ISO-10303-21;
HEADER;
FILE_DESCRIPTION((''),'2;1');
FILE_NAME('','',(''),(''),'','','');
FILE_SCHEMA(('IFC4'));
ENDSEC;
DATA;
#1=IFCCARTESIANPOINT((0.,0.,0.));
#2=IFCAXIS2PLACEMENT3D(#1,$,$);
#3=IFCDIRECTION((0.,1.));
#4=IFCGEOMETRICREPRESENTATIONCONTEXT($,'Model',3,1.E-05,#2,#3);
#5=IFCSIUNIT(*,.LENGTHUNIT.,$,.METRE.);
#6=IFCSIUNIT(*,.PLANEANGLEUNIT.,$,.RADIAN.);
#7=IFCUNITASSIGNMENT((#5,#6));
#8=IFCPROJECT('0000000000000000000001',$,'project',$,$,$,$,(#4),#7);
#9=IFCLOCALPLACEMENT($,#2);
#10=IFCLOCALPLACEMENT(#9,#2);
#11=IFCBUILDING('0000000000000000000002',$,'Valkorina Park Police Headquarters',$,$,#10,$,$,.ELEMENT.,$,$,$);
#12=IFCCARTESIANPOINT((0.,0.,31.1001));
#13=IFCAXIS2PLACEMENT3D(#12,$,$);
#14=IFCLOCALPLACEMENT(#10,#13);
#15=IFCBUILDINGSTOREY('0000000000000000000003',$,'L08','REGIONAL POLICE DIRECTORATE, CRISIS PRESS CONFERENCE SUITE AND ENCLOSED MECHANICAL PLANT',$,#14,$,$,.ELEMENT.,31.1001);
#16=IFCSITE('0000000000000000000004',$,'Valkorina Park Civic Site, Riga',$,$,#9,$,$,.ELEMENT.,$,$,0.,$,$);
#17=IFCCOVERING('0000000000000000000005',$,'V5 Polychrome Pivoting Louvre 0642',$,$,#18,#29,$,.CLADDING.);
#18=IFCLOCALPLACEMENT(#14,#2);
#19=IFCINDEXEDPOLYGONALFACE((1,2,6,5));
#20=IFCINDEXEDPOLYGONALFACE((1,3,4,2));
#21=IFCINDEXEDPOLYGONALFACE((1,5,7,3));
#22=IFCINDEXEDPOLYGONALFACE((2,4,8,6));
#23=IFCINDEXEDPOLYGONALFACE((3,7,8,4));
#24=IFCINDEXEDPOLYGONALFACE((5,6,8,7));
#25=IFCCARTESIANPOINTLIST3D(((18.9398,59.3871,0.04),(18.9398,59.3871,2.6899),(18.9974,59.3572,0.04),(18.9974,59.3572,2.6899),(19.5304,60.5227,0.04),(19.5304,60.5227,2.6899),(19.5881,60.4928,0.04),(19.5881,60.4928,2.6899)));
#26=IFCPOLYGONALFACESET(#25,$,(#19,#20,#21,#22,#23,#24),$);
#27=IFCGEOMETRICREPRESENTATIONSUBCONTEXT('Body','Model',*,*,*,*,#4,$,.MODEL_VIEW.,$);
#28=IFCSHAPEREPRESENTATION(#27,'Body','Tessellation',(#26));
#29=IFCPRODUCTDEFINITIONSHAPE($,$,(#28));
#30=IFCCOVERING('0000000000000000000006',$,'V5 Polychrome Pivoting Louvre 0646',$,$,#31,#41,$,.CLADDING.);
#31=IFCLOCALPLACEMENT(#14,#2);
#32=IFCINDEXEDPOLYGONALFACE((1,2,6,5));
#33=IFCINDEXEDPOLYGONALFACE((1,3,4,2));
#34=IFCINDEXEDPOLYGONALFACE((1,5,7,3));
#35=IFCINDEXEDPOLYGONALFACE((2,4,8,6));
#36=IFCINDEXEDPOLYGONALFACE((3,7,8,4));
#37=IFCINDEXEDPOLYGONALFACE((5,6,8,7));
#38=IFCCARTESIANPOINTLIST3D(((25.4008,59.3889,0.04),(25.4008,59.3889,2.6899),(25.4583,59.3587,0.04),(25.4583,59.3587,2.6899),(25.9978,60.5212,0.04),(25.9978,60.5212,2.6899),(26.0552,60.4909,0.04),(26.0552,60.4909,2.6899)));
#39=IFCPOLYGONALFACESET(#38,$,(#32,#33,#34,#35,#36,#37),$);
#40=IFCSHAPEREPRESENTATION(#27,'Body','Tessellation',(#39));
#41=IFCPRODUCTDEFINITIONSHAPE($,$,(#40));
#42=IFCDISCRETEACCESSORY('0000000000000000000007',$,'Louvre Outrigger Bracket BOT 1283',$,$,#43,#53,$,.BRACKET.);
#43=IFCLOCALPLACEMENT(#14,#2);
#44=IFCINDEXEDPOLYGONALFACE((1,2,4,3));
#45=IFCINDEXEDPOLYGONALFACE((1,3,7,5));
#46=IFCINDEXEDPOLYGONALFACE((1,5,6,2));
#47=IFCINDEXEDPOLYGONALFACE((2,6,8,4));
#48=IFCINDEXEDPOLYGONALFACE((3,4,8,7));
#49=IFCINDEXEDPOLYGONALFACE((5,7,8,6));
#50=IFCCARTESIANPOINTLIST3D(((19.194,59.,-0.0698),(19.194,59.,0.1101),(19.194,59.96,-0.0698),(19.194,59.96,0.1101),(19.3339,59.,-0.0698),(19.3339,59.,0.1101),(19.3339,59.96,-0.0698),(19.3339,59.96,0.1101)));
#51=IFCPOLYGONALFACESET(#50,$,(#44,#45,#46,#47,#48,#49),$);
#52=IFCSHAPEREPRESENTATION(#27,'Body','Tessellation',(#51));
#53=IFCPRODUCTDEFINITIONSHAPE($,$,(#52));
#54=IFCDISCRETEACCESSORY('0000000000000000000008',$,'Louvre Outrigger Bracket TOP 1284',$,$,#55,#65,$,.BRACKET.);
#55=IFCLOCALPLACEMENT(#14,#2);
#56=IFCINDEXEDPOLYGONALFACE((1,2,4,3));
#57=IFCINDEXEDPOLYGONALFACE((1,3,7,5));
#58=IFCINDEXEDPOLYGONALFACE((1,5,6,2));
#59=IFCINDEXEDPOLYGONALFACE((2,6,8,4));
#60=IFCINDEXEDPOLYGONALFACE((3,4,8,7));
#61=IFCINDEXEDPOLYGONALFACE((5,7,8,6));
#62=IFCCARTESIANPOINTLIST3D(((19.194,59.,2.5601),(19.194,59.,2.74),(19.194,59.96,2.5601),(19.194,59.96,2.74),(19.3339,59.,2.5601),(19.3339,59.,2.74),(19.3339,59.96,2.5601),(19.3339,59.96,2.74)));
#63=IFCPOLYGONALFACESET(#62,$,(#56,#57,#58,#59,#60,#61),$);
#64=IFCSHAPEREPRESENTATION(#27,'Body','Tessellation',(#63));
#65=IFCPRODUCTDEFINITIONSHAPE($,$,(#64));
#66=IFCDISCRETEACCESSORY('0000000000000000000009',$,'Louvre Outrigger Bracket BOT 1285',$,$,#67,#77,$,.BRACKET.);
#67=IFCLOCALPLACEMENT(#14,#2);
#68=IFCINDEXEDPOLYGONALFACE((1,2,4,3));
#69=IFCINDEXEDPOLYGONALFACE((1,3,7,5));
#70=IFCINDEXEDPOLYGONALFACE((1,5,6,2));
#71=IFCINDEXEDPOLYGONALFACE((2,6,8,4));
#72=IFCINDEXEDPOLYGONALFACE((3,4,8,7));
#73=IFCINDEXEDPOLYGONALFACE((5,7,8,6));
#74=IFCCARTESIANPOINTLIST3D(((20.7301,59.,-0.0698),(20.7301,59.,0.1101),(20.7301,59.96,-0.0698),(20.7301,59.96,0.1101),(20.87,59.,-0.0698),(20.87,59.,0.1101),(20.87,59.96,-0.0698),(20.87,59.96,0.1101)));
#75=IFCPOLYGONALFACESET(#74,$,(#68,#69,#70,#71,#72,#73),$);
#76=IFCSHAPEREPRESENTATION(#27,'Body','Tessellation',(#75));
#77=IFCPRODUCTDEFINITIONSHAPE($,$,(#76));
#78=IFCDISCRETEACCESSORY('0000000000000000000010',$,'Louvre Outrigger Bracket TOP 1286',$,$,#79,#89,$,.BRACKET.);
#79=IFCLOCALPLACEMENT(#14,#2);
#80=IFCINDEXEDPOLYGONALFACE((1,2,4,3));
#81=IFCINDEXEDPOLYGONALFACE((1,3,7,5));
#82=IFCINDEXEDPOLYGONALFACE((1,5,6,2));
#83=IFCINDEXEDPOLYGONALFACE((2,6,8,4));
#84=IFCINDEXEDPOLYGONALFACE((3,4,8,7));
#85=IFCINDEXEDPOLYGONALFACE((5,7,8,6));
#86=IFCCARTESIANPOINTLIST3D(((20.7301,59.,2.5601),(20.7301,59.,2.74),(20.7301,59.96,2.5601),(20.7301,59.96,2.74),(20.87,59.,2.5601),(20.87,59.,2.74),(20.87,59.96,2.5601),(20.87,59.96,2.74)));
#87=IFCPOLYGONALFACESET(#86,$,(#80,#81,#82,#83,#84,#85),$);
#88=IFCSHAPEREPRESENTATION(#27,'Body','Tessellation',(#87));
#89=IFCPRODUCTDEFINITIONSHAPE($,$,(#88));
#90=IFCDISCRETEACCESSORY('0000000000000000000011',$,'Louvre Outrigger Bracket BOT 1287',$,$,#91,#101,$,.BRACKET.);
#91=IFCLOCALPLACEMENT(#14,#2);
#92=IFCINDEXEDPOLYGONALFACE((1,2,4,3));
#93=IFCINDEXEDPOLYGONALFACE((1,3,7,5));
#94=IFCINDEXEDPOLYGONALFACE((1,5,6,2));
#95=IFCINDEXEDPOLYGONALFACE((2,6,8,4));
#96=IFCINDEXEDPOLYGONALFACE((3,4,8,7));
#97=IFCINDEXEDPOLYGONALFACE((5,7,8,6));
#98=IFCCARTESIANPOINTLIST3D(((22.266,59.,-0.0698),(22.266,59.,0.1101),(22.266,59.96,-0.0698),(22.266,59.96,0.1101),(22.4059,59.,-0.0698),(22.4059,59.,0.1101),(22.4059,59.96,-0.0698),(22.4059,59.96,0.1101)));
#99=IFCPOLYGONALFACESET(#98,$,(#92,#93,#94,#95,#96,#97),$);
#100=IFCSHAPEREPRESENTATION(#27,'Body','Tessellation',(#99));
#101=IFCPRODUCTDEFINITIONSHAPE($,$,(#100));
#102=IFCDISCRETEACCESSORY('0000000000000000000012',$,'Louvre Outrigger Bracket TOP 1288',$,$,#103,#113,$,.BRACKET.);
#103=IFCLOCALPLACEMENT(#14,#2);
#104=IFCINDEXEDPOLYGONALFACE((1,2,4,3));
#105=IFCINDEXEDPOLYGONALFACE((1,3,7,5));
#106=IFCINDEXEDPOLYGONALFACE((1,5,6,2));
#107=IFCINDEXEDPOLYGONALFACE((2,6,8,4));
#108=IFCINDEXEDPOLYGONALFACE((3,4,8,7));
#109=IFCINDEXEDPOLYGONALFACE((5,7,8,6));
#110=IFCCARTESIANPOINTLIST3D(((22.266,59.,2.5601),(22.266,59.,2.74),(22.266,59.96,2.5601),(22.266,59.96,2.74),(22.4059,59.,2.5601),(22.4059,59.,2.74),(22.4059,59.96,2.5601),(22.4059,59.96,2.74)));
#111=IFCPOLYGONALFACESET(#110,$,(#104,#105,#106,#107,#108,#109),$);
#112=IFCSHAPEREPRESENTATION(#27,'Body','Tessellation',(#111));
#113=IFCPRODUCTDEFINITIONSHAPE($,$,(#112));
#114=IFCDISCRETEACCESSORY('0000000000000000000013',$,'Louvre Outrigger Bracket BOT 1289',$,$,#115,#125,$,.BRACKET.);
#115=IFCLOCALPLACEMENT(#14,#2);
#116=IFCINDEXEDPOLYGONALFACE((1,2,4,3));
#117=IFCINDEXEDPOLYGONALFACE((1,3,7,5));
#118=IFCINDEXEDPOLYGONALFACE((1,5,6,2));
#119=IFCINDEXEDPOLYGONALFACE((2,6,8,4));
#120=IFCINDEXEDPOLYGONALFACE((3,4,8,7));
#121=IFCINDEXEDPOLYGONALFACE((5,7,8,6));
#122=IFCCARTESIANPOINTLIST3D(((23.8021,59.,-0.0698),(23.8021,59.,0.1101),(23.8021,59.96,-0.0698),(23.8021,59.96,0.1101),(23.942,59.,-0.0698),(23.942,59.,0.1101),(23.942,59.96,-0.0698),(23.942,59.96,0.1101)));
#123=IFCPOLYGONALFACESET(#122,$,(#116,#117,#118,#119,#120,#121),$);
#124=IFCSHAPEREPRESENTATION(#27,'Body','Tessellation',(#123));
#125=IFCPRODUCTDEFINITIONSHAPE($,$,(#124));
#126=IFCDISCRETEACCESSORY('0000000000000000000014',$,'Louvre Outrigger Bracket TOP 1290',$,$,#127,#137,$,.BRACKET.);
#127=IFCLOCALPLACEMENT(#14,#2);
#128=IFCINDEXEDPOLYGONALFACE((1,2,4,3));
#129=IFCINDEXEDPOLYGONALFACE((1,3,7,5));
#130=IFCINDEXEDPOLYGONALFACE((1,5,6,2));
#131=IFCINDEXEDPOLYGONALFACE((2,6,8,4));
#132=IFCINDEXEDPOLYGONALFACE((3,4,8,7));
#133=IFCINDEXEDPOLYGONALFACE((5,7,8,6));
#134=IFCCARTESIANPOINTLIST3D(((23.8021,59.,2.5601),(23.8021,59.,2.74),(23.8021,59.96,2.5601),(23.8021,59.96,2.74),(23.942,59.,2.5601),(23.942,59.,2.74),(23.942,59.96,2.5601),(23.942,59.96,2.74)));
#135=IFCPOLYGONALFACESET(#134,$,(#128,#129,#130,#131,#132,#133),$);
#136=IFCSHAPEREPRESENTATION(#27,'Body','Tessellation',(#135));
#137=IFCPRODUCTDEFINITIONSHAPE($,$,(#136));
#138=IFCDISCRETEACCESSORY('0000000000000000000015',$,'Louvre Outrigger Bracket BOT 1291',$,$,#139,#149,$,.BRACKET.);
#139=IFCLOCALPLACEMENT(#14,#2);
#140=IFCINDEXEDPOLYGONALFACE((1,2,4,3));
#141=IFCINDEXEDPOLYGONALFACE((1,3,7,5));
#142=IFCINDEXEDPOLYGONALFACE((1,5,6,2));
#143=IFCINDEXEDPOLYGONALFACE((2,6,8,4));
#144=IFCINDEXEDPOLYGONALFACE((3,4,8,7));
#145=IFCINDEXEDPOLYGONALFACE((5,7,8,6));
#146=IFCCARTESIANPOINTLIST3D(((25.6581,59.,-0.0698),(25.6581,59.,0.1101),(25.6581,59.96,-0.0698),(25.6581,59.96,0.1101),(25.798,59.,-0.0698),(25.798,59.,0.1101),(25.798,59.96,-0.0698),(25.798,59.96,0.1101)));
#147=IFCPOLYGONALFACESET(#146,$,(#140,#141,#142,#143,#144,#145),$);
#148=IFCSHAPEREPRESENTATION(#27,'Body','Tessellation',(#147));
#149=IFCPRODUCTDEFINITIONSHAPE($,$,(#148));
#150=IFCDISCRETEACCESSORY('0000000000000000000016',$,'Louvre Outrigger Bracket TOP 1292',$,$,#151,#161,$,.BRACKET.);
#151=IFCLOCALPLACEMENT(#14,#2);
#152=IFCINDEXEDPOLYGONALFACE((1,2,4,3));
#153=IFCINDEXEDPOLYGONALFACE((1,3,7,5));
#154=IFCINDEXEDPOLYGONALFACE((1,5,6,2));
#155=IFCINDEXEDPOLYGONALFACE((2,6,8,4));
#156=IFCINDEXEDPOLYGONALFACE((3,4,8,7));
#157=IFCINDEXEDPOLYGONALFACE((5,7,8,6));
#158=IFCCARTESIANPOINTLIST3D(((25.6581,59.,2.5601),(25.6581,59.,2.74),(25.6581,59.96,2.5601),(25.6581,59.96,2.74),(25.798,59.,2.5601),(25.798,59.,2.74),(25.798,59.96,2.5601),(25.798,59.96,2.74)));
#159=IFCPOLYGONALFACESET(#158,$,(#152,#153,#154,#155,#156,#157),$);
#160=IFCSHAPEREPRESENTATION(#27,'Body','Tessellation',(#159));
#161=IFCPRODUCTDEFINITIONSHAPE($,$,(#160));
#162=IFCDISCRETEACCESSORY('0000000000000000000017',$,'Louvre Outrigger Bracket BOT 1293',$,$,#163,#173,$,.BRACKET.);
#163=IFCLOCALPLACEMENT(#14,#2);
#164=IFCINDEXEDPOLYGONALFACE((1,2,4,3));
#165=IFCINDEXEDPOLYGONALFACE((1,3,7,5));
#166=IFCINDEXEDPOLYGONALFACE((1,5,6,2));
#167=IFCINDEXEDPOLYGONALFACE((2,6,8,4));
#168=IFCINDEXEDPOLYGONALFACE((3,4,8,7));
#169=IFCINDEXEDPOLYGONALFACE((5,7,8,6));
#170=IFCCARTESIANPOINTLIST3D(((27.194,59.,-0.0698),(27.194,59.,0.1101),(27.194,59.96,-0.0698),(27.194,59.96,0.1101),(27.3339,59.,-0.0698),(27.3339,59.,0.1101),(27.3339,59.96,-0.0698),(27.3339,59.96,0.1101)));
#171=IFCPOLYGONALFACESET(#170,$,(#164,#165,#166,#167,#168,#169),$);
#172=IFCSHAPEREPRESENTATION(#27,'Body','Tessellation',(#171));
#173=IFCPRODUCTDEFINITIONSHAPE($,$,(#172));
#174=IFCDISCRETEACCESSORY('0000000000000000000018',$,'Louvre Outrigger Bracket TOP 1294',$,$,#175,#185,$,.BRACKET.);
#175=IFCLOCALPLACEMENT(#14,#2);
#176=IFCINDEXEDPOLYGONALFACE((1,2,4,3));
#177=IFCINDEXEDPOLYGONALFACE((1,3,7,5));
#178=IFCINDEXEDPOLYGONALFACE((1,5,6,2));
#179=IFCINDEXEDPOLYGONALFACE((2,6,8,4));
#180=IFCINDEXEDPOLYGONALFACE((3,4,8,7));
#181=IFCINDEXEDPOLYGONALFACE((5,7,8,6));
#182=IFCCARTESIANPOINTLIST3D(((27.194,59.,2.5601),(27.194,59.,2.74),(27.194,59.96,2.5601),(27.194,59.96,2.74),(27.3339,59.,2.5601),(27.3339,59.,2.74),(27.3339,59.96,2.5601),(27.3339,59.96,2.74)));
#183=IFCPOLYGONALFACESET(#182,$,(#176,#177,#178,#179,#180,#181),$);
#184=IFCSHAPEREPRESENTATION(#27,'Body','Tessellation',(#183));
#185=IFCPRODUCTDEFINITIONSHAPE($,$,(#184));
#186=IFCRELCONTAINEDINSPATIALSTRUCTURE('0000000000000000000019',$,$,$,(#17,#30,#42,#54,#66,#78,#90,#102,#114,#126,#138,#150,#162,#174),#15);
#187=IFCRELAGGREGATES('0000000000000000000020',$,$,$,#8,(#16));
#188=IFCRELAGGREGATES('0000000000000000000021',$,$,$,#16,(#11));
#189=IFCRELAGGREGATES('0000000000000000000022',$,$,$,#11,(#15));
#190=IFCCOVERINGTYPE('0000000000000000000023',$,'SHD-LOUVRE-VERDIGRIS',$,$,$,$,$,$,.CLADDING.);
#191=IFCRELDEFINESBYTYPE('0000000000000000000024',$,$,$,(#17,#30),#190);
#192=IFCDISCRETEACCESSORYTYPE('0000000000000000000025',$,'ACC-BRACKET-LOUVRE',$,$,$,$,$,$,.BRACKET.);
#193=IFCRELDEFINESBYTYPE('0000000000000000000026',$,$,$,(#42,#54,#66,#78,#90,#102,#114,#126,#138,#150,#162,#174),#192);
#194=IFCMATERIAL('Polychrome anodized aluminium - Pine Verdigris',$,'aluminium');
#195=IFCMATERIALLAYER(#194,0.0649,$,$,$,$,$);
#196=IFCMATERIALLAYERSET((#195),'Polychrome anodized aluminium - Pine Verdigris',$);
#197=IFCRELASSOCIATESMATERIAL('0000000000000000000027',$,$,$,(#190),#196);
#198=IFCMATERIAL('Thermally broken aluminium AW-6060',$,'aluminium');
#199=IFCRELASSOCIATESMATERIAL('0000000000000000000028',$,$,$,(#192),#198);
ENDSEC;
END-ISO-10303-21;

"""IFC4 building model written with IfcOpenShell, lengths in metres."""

from ifc_helpers import new_model, si_unit, direction, frame, origin, origin_2d, place, context, subcontext, project, spatial, rectangle, extrude, material, layer, layer_set, type_object, element, save


model = new_model("IFC4")

# Units and contexts
model_context = context("Model", 3, precision=1e-05, world=origin(), true_north=direction((0.0, 1.0)))
body_context = subcontext(model_context, "Body", "Model", "MODEL_VIEW")
ifc_project = project(units=[si_unit("LENGTHUNIT", "METRE"), si_unit("PLANEANGLEUNIT", "RADIAN")], contexts=[model_context])

# Site, building, storey
site_placement = place(None, origin())
site = spatial("IfcSite", under=ifc_project, at=site_placement, Name="Valkorina Park Civic Site, Riga", CompositionType="ELEMENT", RefElevation=0.0)
building_placement = place(site_placement, origin())
building = spatial("IfcBuilding", under=site, at=building_placement, Name="Valkorina Park Police Headquarters", CompositionType="ELEMENT")
storey_placement = place(building_placement, frame((0.0, 0.0, 31.1001)))
storey = spatial("IfcBuildingStorey", under=building, at=storey_placement, Name="L08", Description="REGIONAL POLICE DIRECTORATE, CRISIS PRESS CONFERENCE SUITE AND ENCLOSED MECHANICAL PLANT", CompositionType="ELEMENT", Elevation=31.1001)

# Shared definitions
ifc_material_1 = material(Name="Thermally broken aluminium AW-6060", Category="aluminium")

# Coverings
ifc_material_2 = material(Name="Polychrome anodized aluminium - Pine Verdigris", Category="aluminium")
ifc_layer_1 = layer(ifc_material_2, 0.0649)
ifc_layer_set_1 = layer_set([ifc_layer_1], Name="Polychrome anodized aluminium - Pine Verdigris")
covering_type_1 = type_object("IfcCoveringType", Name="SHD-LOUVRE-VERDIGRIS", PredefinedType="CLADDING", material=ifc_layer_set_1)
for number, where, z_axis, x_axis, name in (
    (1, (19.2639, 59.9399, 0.04), (0.0, 0.0, 1.0), (0.461439, 0.887172, 0.0), "V5 Polychrome Pivoting Louvre 0642"),
    (2, (25.728, 59.9399, 0.04), (0.0, 0.0, 1.0), (0.466387, 0.884581, 0.0), "V5 Polychrome Pivoting Louvre 0646"),
):
    element("IfcCovering", number, at=place(storey_placement, frame(where, z_axis=z_axis, x_axis=x_axis)), inside=storey, type_object=covering_type_1, Name=name, PredefinedType="CLADDING", context=body_context, shape_type="SweptSolid", body=[
        extrude(rectangle(XDim=1.28, YDim=0.0649, at=origin_2d()), origin(), (0.0, 0.0, 1.0), 2.6499),
    ])

# Discrete accessories
discrete_accessory_type = type_object("IfcDiscreteAccessoryType", Name="ACC-BRACKET-LOUVRE", PredefinedType="BRACKET", material=ifc_material_1)
for number, where, z_axis, x_axis, name in (
    (3, (19.2639, 59.48, -0.0698), (0.0, 0.0, 1.0), (0.0, 1.0, 0.0), "Louvre Outrigger Bracket BOT 1283"),
    (4, (19.2639, 59.48, 2.5601), (0.0, 0.0, 1.0), (0.0, 1.0, 0.0), "Louvre Outrigger Bracket TOP 1284"),
    (5, (20.8, 59.48, -0.0698), (0.0, 0.0, 1.0), (0.0, 1.0, 0.0), "Louvre Outrigger Bracket BOT 1285"),
    (6, (20.8, 59.48, 2.5601), (0.0, 0.0, 1.0), (0.0, 1.0, 0.0), "Louvre Outrigger Bracket TOP 1286"),
    (7, (22.3359, 59.48, -0.0698), (0.0, 0.0, 1.0), (0.0, 1.0, 0.0), "Louvre Outrigger Bracket BOT 1287"),
    (8, (22.3359, 59.48, 2.5601), (0.0, 0.0, 1.0), (0.0, 1.0, 0.0), "Louvre Outrigger Bracket TOP 1288"),
    (9, (23.8721, 59.48, -0.0698), (0.0, 0.0, 1.0), (0.0, 1.0, 0.0), "Louvre Outrigger Bracket BOT 1289"),
    (10, (23.8721, 59.48, 2.5601), (0.0, 0.0, 1.0), (0.0, 1.0, 0.0), "Louvre Outrigger Bracket TOP 1290"),
    (11, (25.728, 59.48, -0.0698), (0.0, 0.0, 1.0), (0.0, 1.0, 0.0), "Louvre Outrigger Bracket BOT 1291"),
    (12, (25.728, 59.48, 2.5601), (0.0, 0.0, 1.0), (0.0, 1.0, 0.0), "Louvre Outrigger Bracket TOP 1292"),
    (13, (27.2639, 59.48, -0.0698), (0.0, 0.0, 1.0), (0.0, 1.0, 0.0), "Louvre Outrigger Bracket BOT 1293"),
    (14, (27.2639, 59.48, 2.5601), (0.0, 0.0, 1.0), (0.0, 1.0, 0.0), "Louvre Outrigger Bracket TOP 1294"),
):
    element("IfcDiscreteAccessory", number, at=place(storey_placement, frame(where, z_axis=z_axis, x_axis=x_axis)), inside=storey, type_object=discrete_accessory_type, Name=name, PredefinedType="BRACKET", context=body_context, shape_type="SweptSolid", body=[
        extrude(rectangle(XDim=0.96, YDim=0.1399, at=origin_2d()), origin(), (0.0, 0.0, 1.0), 0.1799),
    ])

save(model, "model.ifc")
